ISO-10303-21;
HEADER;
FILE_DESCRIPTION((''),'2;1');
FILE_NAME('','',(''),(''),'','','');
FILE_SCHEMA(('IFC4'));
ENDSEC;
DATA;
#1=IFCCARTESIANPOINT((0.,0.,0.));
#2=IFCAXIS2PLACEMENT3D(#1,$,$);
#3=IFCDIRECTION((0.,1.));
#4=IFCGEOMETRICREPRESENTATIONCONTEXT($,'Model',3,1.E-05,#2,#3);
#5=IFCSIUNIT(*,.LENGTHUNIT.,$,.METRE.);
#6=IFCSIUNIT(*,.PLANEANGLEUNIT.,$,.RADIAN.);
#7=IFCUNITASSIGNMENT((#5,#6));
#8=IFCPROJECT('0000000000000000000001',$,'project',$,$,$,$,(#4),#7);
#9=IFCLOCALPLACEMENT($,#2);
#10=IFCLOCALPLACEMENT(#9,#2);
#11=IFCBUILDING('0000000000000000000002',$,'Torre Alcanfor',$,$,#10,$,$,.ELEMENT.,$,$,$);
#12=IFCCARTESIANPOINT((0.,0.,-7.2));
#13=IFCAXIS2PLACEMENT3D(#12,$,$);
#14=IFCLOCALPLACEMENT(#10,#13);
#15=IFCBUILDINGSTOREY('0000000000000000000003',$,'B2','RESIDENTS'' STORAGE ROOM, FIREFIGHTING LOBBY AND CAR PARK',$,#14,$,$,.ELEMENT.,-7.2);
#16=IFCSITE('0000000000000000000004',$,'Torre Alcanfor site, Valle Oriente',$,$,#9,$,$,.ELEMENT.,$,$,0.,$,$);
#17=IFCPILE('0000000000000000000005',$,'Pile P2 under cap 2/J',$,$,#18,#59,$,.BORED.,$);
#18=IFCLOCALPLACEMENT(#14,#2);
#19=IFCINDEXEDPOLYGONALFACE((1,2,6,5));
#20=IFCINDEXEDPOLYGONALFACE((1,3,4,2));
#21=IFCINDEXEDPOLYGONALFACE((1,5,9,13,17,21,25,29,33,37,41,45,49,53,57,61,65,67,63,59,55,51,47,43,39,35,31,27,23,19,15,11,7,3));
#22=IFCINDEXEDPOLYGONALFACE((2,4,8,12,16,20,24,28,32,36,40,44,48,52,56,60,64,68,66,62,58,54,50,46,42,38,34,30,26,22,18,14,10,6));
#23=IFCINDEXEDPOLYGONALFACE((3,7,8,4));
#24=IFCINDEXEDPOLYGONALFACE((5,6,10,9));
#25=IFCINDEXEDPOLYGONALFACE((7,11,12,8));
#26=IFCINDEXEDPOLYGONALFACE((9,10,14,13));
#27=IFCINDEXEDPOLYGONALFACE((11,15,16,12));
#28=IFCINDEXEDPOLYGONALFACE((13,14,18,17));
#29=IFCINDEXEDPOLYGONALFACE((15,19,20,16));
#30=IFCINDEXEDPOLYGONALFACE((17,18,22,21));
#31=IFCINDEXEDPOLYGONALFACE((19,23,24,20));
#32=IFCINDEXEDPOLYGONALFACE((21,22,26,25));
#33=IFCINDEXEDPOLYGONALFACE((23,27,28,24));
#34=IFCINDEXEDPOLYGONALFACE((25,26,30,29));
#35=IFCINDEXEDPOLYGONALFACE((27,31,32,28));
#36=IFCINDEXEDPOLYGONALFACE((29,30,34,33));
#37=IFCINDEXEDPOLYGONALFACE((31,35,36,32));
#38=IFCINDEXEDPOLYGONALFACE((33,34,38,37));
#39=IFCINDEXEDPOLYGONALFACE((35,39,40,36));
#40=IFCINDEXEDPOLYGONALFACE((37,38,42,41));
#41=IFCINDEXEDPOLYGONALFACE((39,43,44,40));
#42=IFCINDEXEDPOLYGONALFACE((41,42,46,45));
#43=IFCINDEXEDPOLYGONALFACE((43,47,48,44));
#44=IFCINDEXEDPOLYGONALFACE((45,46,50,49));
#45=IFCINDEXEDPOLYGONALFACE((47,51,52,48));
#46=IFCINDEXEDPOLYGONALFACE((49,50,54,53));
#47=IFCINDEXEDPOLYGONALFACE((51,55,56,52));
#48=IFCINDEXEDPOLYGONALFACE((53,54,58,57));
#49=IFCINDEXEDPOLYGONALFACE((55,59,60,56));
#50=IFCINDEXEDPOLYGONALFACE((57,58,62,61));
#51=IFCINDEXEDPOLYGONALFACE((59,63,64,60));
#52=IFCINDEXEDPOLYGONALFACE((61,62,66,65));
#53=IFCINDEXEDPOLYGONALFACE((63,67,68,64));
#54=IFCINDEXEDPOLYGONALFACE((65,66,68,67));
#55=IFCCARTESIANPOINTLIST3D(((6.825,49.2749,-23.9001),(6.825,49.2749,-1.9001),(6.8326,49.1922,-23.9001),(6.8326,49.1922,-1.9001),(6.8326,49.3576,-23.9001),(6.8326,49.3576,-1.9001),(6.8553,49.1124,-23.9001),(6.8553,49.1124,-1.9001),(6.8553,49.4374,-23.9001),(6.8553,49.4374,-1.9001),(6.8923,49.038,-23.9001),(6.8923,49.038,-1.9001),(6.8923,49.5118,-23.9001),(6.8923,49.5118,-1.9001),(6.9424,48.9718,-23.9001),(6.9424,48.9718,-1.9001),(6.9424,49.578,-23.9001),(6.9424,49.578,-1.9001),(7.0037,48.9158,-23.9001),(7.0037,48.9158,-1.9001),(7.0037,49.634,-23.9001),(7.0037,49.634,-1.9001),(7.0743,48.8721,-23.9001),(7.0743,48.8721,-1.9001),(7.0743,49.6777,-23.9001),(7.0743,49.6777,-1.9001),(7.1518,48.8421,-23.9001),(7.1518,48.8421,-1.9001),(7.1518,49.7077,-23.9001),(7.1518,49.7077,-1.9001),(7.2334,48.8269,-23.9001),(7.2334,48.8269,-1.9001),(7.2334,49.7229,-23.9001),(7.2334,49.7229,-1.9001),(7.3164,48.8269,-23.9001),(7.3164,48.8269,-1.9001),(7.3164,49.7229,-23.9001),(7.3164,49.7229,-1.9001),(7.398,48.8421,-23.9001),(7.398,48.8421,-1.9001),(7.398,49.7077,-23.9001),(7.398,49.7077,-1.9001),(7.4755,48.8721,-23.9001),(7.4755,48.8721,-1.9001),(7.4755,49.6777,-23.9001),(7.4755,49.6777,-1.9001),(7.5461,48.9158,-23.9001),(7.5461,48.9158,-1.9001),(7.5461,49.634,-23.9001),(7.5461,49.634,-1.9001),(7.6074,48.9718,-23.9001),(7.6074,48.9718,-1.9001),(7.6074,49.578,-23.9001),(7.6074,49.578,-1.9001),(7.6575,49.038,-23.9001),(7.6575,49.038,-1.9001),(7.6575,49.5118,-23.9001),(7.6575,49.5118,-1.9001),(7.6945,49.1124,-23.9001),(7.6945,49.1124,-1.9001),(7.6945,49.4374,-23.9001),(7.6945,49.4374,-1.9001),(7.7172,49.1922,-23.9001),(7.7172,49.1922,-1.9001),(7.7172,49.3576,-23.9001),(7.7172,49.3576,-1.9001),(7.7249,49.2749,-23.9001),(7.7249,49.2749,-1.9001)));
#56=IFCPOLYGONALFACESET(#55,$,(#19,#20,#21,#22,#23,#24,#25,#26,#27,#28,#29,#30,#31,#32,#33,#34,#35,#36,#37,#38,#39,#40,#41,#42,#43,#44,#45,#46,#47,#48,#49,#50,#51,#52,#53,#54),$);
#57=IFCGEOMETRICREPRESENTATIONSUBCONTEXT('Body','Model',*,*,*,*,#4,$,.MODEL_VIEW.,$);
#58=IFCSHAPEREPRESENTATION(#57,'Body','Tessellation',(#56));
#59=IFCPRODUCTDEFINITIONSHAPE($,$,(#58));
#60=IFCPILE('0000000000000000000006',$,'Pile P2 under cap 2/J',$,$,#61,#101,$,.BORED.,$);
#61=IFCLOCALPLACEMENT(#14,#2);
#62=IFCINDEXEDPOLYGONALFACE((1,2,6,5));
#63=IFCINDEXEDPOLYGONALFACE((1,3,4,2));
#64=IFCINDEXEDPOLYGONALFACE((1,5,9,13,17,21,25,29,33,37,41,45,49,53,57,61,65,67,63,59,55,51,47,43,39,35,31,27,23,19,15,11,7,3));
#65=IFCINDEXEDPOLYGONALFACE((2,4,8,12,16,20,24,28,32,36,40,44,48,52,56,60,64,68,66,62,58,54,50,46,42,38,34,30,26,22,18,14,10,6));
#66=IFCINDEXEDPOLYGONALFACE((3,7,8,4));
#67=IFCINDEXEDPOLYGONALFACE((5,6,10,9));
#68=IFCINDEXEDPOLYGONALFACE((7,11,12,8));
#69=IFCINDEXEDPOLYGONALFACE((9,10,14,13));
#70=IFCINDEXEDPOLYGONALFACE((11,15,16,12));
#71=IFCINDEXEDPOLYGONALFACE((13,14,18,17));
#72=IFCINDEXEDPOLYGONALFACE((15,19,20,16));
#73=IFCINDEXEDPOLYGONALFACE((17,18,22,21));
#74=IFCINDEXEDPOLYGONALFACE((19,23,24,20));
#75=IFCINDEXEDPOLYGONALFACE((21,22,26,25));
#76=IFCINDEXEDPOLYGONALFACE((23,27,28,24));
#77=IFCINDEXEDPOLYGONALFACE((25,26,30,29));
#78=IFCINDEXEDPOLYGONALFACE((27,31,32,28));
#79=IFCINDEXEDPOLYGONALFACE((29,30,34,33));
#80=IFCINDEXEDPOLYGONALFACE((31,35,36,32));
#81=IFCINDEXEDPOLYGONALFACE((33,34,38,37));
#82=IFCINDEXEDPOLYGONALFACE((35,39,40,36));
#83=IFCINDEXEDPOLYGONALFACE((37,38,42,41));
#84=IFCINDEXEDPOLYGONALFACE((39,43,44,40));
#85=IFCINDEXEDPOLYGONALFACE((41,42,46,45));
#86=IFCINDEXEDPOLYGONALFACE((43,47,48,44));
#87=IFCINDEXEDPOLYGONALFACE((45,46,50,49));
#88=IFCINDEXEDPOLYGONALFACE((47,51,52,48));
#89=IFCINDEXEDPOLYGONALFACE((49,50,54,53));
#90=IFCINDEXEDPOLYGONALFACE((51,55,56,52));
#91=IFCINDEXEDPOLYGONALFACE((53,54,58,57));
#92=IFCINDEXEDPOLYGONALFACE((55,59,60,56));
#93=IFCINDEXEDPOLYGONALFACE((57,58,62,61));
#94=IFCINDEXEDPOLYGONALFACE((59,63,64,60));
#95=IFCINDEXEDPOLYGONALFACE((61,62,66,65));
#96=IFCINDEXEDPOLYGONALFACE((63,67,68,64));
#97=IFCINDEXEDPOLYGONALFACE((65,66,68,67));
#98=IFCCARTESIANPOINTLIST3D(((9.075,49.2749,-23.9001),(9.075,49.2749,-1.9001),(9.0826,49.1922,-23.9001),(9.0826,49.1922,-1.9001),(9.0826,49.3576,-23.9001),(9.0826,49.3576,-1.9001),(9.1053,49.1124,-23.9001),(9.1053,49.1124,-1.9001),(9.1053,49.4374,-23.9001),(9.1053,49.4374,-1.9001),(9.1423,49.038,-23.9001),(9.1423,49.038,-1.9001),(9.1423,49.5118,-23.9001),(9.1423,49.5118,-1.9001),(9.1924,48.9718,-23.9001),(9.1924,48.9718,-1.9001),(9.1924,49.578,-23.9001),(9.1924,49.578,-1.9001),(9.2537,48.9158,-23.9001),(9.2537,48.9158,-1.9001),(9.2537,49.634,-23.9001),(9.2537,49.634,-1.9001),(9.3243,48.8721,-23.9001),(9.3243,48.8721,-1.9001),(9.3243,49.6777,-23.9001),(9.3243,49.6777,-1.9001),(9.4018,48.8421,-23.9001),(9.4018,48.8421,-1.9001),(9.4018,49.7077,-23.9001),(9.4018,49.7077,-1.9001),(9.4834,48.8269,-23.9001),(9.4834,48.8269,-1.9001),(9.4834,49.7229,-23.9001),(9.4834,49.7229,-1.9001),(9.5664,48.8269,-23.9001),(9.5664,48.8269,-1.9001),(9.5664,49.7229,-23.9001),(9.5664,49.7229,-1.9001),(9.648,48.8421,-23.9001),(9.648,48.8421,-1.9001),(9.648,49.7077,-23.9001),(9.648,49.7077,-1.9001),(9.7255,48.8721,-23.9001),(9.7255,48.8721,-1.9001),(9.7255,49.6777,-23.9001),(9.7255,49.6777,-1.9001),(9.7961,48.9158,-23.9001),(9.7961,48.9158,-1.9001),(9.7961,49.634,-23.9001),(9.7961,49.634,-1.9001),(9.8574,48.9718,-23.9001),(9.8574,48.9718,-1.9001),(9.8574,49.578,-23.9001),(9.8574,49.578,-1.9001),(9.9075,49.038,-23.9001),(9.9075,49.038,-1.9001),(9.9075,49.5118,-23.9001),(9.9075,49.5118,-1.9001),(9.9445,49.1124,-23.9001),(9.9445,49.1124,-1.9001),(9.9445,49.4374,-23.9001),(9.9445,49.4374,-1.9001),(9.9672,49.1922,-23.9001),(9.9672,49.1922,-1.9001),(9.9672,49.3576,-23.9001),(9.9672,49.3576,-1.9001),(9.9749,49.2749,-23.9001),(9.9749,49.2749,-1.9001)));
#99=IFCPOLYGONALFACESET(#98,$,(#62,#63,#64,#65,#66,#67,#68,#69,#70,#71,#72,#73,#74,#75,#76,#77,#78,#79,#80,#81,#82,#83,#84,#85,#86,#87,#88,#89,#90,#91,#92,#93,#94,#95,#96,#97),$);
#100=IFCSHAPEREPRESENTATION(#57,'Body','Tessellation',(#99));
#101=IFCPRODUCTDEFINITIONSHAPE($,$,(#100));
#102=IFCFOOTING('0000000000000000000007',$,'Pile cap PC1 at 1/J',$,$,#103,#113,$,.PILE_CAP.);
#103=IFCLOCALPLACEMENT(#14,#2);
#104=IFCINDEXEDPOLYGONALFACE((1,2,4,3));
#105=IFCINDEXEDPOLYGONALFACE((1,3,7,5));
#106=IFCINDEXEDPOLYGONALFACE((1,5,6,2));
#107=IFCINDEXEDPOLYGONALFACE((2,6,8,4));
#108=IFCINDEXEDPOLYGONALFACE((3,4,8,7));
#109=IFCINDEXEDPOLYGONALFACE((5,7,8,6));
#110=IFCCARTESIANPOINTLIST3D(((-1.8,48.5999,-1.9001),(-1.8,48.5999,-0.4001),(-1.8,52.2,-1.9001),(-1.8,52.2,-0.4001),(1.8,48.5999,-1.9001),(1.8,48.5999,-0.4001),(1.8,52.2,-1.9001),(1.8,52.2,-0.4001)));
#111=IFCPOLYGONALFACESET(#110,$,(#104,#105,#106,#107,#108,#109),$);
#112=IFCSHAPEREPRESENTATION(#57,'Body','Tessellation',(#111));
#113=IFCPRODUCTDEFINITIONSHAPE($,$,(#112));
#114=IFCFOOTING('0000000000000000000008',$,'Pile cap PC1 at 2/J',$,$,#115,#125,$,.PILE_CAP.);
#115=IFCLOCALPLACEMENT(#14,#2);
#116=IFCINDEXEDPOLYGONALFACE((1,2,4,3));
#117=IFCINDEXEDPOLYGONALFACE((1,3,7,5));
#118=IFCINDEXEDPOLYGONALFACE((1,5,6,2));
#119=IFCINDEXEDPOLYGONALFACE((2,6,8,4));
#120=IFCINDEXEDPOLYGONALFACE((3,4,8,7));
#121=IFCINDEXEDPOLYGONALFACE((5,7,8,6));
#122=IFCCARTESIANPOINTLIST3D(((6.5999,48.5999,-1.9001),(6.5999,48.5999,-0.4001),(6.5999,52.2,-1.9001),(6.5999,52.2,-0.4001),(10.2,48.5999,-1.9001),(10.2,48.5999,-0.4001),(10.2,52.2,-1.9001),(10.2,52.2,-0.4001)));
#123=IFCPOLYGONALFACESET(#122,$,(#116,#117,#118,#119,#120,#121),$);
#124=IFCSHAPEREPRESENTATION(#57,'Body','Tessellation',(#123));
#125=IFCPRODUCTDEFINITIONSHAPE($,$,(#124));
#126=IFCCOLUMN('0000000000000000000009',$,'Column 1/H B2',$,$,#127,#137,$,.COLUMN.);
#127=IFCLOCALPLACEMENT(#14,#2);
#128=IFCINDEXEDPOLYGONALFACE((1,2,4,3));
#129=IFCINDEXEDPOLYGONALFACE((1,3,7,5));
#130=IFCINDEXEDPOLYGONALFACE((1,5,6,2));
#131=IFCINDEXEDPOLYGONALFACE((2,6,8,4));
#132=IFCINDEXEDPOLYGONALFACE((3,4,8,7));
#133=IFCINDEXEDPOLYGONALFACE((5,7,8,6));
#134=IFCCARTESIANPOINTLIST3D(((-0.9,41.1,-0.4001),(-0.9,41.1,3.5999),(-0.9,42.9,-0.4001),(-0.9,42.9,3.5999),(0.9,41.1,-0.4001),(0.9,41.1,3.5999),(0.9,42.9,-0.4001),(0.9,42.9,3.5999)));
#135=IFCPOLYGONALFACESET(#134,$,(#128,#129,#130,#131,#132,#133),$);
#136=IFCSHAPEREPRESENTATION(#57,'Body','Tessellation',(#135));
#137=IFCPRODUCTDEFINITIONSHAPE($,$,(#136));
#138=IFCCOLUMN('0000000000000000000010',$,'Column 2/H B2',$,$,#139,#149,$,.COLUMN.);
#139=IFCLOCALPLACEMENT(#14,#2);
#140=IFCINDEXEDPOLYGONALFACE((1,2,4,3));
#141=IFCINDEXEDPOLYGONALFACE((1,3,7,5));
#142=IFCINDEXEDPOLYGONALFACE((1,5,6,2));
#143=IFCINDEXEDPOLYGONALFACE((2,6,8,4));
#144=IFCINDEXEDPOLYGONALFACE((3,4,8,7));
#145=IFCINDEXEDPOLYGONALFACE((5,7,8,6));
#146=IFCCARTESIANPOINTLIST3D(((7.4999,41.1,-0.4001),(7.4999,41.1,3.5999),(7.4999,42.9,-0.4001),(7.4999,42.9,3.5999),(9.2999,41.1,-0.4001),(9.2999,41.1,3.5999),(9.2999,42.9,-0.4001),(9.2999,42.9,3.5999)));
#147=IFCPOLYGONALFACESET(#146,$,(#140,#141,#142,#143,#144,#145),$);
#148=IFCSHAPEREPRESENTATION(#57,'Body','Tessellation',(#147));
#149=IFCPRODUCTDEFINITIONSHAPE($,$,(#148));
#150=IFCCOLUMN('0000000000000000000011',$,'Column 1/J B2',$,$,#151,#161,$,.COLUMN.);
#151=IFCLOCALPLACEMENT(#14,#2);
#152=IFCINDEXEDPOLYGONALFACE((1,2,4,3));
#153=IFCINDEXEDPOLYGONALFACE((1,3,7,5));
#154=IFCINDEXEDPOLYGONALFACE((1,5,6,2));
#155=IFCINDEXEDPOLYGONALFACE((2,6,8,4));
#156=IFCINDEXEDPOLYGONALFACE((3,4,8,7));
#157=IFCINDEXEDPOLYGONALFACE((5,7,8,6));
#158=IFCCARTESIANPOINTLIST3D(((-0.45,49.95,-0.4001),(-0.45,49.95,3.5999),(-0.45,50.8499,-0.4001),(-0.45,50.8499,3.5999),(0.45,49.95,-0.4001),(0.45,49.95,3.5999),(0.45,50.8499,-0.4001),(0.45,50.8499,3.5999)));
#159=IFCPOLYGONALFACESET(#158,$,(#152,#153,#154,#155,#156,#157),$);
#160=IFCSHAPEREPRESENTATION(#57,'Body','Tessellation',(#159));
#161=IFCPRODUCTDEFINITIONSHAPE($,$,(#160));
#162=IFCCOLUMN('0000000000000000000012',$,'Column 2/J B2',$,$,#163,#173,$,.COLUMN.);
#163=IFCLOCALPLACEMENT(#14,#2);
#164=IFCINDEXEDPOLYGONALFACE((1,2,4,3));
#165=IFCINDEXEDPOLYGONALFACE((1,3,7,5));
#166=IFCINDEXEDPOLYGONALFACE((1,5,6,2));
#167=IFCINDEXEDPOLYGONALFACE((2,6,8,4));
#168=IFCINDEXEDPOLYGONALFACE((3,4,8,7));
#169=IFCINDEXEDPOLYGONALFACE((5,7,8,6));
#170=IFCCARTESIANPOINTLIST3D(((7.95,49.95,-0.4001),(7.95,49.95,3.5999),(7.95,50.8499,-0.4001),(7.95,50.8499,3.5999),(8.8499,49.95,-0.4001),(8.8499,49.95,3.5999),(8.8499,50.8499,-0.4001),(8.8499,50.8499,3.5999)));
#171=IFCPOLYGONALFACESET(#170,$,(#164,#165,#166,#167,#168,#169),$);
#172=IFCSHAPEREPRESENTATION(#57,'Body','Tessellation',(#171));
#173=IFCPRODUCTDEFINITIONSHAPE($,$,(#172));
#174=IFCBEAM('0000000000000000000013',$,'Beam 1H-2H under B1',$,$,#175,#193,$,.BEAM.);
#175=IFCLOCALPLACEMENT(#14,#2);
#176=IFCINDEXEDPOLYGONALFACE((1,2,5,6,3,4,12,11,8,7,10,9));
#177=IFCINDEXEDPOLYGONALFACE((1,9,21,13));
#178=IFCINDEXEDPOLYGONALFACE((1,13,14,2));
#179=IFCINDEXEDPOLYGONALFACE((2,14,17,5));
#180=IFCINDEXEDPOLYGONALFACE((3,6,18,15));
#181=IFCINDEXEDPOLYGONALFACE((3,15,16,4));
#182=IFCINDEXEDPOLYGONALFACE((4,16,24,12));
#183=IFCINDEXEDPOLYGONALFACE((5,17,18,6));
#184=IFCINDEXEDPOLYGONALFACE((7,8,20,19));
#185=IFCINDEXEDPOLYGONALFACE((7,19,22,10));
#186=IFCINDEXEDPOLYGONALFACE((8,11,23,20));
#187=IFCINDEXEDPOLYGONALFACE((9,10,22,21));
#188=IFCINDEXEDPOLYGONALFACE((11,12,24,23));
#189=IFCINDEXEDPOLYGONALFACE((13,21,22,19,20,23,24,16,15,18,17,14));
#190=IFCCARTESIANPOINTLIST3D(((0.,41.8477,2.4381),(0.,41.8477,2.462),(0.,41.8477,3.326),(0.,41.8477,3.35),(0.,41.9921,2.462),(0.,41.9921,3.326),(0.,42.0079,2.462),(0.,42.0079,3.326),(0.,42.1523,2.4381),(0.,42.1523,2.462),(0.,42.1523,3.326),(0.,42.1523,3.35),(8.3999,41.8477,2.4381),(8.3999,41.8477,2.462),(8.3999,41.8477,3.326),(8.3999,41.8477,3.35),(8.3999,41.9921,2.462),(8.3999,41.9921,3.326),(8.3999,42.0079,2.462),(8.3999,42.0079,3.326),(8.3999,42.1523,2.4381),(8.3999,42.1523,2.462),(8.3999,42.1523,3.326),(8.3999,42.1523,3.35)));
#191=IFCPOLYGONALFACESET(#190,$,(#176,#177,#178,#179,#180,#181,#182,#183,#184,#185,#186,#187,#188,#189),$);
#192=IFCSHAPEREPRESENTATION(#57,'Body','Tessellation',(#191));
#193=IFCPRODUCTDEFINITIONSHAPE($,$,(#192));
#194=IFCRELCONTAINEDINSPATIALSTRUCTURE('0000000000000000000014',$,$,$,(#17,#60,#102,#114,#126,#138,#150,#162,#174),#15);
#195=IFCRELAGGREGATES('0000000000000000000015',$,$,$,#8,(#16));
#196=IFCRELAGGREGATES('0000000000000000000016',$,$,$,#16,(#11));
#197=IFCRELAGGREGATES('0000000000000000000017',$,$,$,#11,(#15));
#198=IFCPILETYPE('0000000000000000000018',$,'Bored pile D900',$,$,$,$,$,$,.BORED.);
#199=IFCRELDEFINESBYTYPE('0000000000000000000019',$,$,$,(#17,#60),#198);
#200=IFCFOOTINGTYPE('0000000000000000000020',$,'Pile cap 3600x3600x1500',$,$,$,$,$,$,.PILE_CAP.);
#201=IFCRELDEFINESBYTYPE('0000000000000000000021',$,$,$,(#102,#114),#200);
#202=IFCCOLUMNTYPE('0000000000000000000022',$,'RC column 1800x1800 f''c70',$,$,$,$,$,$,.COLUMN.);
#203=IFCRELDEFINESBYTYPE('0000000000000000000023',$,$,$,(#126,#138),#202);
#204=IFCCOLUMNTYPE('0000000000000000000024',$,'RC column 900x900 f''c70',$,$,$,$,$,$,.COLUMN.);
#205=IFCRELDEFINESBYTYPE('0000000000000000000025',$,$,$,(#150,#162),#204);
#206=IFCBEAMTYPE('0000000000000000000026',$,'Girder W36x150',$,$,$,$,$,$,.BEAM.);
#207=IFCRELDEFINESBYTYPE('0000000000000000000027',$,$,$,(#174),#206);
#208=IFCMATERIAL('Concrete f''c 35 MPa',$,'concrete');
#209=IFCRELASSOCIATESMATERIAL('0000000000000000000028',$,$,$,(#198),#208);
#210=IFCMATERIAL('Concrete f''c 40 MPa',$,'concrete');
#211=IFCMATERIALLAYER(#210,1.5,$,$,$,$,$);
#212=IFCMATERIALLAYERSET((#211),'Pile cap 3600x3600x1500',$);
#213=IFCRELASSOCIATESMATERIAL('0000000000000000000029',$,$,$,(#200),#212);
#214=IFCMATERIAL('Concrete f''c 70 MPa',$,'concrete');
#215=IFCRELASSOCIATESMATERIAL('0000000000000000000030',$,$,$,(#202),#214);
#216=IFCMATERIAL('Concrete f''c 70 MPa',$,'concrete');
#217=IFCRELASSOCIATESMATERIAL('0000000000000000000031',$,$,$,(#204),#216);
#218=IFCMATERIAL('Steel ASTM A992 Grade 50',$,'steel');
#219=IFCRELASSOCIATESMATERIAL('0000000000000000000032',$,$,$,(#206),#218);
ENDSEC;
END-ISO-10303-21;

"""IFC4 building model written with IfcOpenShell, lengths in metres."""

from ifc_helpers import new_model, si_unit, direction, frame, origin, origin_2d, place, context, subcontext, project, spatial, rectangle, circle, i_section, extrude, material, layer, layer_set, material_profile, profile_set, type_object, element, save


model = new_model("IFC4")

# Units and contexts
model_context = context("Model", 3, precision=1e-05, world=origin(), true_north=direction((0.0, 1.0)))
body_context = subcontext(model_context, "Body", "Model", "MODEL_VIEW")
ifc_project = project(units=[si_unit("LENGTHUNIT", "METRE"), si_unit("PLANEANGLEUNIT", "RADIAN")], contexts=[model_context])

# Site, building, storey
site_placement = place(None, origin())
site = spatial("IfcSite", under=ifc_project, at=site_placement, Name="Torre Alcanfor site, Valle Oriente", CompositionType="ELEMENT", RefElevation=0.0)
building_placement = place(site_placement, origin())
building = spatial("IfcBuilding", under=site, at=building_placement, Name="Torre Alcanfor", CompositionType="ELEMENT")
storey_placement = place(building_placement, frame((0.0, 0.0, -7.2)))
storey = spatial("IfcBuildingStorey", under=building, at=storey_placement, Name="B2", Description="RESIDENTS' STORAGE ROOM, FIREFIGHTING LOBBY AND CAR PARK", CompositionType="ELEMENT", Elevation=-7.2)

# Piles
ifc_material_1 = material(Name="Concrete f'c 35 MPa", Category="concrete")
ifc_material_profile_1 = material_profile(ifc_material_1, circle(Radius=0.45, at=origin_2d()), Name="D900")
ifc_profile_set_1 = profile_set([ifc_material_profile_1], Name="Concrete f'c 35 MPa")
pile_type_1 = type_object("IfcPileType", Name="Bored pile D900", PredefinedType="BORED", material=ifc_profile_set_1)
for number, where, z_axis, x_axis, name in (
    (1, (7.2749, 49.2749, -1.9001), (0.0, 0.0, -1.0), (1.0, 0.0, 0.0), "Pile P2 under cap 2/J"),
    (2, (9.5249, 49.2749, -1.9001), (0.0, 0.0, -1.0), (1.0, 0.0, 0.0), "Pile P2 under cap 2/J"),
):
    element("IfcPile", number, at=place(storey_placement, frame(where, z_axis=z_axis, x_axis=x_axis)), inside=storey, type_object=pile_type_1, Name=name, PredefinedType="BORED", context=body_context, shape_type="SweptSolid", body=[
        extrude(circle(Radius=0.45, at=origin_2d()), origin(), (0.0, 0.0, 1.0), 22.0),
    ])

# Footings
ifc_material_2 = material(Name="Concrete f'c 40 MPa", Category="concrete")
ifc_layer = layer(ifc_material_2, 1.5)
ifc_layer_set = layer_set([ifc_layer], Name="Pile cap 3600x3600x1500")
footing_type = type_object("IfcFootingType", Name="Pile cap 3600x3600x1500", PredefinedType="PILE_CAP", material=ifc_layer_set)
for number, where, z_axis, x_axis, name in (
    (3, (0.0, 50.3999, -1.9001), (0.0, 0.0, 1.0), (1.0, 0.0, 0.0), "Pile cap PC1 at 1/J"),
    (4, (8.3999, 50.3999, -1.9001), (0.0, 0.0, 1.0), (1.0, 0.0, 0.0), "Pile cap PC1 at 2/J"),
):
    element("IfcFooting", number, at=place(storey_placement, frame(where, z_axis=z_axis, x_axis=x_axis)), inside=storey, type_object=footing_type, Name=name, PredefinedType="PILE_CAP", context=body_context, shape_type="SweptSolid", body=[
        extrude(rectangle(XDim=3.6001, YDim=3.6001, at=origin_2d()), origin(), (0.0, 0.0, 1.0), 1.5),
    ])

# Columns
ifc_material_3 = material(Name="Concrete f'c 70 MPa", Category="concrete")
ifc_material_profile_2 = material_profile(ifc_material_3, rectangle(XDim=1.8, YDim=1.8, at=origin_2d()), Name="1800x1800")
ifc_profile_set_2 = profile_set([ifc_material_profile_2], Name="Concrete f'c 70 MPa")
column_type_1 = type_object("IfcColumnType", Name="RC column 1800x1800 f'c70", PredefinedType="COLUMN", material=ifc_profile_set_2)
for number, where, z_axis, x_axis, name in (
    (5, (0.0, 42.0, -0.4001), (0.0, 0.0, 1.0), (1.0, 0.0, 0.0), "Column 1/H B2"),
    (6, (8.3999, 42.0, -0.4001), (0.0, 0.0, 1.0), (1.0, 0.0, 0.0), "Column 2/H B2"),
):
    element("IfcColumn", number, at=place(storey_placement, frame(where, z_axis=z_axis, x_axis=x_axis)), inside=storey, type_object=column_type_1, Name=name, PredefinedType="COLUMN", context=body_context, shape_type="SweptSolid", body=[
        extrude(rectangle(XDim=1.8, YDim=1.8, at=origin_2d()), origin(), (0.0, 0.0, 1.0), 4.0),
    ])
ifc_material_4 = material(Name="Concrete f'c 70 MPa", Category="concrete")
ifc_material_profile_3 = material_profile(ifc_material_4, rectangle(XDim=0.8999, YDim=0.8999, at=origin_2d()), Name="900x900")
ifc_profile_set_3 = profile_set([ifc_material_profile_3], Name="Concrete f'c 70 MPa")
column_type_2 = type_object("IfcColumnType", Name="RC column 900x900 f'c70", PredefinedType="COLUMN", material=ifc_profile_set_3)
for number, where, z_axis, x_axis, name in (
    (7, (0.0, 50.3999, -0.4001), (0.0, 0.0, 1.0), (1.0, 0.0, 0.0), "Column 1/J B2"),
    (8, (8.3999, 50.3999, -0.4001), (0.0, 0.0, 1.0), (1.0, 0.0, 0.0), "Column 2/J B2"),
):
    element("IfcColumn", number, at=place(storey_placement, frame(where, z_axis=z_axis, x_axis=x_axis)), inside=storey, type_object=column_type_2, Name=name, PredefinedType="COLUMN", context=body_context, shape_type="SweptSolid", body=[
        extrude(rectangle(XDim=0.8999, YDim=0.8999, at=origin_2d()), origin(), (0.0, 0.0, 1.0), 4.0),
    ])

# Beam
ifc_material_5 = material(Name="Steel ASTM A992 Grade 50", Category="steel")
ifc_material_profile_4 = material_profile(ifc_material_5, i_section(OverallWidth=0.3047, OverallDepth=0.9119, WebThickness=0.0159, FlangeThickness=0.0239, at=origin_2d()), Name="W36x150")
ifc_profile_set_4 = profile_set([ifc_material_profile_4], Name="Steel ASTM A992 Grade 50")
beam_type_1 = type_object("IfcBeamType", Name="Girder W36x150", PredefinedType="BEAM", material=ifc_profile_set_4)
beam_1_placement = place(storey_placement, frame((0.0, 42.0, 2.894), z_axis=(1.0, 0.0, 0.0), x_axis=(0.0, 1.0, 0.0)))
element("IfcBeam", 9, at=beam_1_placement, inside=storey, type_object=beam_type_1, Name="Beam 1H-2H under B1", PredefinedType="BEAM", context=body_context, shape_type="SweptSolid", body=[
    extrude(i_section(OverallWidth=0.3047, OverallDepth=0.9119, WebThickness=0.0159, FlangeThickness=0.0239, at=origin_2d()), origin(), (0.0, 0.0, 1.0), 8.3999),
])

save(model, "model.ifc")
